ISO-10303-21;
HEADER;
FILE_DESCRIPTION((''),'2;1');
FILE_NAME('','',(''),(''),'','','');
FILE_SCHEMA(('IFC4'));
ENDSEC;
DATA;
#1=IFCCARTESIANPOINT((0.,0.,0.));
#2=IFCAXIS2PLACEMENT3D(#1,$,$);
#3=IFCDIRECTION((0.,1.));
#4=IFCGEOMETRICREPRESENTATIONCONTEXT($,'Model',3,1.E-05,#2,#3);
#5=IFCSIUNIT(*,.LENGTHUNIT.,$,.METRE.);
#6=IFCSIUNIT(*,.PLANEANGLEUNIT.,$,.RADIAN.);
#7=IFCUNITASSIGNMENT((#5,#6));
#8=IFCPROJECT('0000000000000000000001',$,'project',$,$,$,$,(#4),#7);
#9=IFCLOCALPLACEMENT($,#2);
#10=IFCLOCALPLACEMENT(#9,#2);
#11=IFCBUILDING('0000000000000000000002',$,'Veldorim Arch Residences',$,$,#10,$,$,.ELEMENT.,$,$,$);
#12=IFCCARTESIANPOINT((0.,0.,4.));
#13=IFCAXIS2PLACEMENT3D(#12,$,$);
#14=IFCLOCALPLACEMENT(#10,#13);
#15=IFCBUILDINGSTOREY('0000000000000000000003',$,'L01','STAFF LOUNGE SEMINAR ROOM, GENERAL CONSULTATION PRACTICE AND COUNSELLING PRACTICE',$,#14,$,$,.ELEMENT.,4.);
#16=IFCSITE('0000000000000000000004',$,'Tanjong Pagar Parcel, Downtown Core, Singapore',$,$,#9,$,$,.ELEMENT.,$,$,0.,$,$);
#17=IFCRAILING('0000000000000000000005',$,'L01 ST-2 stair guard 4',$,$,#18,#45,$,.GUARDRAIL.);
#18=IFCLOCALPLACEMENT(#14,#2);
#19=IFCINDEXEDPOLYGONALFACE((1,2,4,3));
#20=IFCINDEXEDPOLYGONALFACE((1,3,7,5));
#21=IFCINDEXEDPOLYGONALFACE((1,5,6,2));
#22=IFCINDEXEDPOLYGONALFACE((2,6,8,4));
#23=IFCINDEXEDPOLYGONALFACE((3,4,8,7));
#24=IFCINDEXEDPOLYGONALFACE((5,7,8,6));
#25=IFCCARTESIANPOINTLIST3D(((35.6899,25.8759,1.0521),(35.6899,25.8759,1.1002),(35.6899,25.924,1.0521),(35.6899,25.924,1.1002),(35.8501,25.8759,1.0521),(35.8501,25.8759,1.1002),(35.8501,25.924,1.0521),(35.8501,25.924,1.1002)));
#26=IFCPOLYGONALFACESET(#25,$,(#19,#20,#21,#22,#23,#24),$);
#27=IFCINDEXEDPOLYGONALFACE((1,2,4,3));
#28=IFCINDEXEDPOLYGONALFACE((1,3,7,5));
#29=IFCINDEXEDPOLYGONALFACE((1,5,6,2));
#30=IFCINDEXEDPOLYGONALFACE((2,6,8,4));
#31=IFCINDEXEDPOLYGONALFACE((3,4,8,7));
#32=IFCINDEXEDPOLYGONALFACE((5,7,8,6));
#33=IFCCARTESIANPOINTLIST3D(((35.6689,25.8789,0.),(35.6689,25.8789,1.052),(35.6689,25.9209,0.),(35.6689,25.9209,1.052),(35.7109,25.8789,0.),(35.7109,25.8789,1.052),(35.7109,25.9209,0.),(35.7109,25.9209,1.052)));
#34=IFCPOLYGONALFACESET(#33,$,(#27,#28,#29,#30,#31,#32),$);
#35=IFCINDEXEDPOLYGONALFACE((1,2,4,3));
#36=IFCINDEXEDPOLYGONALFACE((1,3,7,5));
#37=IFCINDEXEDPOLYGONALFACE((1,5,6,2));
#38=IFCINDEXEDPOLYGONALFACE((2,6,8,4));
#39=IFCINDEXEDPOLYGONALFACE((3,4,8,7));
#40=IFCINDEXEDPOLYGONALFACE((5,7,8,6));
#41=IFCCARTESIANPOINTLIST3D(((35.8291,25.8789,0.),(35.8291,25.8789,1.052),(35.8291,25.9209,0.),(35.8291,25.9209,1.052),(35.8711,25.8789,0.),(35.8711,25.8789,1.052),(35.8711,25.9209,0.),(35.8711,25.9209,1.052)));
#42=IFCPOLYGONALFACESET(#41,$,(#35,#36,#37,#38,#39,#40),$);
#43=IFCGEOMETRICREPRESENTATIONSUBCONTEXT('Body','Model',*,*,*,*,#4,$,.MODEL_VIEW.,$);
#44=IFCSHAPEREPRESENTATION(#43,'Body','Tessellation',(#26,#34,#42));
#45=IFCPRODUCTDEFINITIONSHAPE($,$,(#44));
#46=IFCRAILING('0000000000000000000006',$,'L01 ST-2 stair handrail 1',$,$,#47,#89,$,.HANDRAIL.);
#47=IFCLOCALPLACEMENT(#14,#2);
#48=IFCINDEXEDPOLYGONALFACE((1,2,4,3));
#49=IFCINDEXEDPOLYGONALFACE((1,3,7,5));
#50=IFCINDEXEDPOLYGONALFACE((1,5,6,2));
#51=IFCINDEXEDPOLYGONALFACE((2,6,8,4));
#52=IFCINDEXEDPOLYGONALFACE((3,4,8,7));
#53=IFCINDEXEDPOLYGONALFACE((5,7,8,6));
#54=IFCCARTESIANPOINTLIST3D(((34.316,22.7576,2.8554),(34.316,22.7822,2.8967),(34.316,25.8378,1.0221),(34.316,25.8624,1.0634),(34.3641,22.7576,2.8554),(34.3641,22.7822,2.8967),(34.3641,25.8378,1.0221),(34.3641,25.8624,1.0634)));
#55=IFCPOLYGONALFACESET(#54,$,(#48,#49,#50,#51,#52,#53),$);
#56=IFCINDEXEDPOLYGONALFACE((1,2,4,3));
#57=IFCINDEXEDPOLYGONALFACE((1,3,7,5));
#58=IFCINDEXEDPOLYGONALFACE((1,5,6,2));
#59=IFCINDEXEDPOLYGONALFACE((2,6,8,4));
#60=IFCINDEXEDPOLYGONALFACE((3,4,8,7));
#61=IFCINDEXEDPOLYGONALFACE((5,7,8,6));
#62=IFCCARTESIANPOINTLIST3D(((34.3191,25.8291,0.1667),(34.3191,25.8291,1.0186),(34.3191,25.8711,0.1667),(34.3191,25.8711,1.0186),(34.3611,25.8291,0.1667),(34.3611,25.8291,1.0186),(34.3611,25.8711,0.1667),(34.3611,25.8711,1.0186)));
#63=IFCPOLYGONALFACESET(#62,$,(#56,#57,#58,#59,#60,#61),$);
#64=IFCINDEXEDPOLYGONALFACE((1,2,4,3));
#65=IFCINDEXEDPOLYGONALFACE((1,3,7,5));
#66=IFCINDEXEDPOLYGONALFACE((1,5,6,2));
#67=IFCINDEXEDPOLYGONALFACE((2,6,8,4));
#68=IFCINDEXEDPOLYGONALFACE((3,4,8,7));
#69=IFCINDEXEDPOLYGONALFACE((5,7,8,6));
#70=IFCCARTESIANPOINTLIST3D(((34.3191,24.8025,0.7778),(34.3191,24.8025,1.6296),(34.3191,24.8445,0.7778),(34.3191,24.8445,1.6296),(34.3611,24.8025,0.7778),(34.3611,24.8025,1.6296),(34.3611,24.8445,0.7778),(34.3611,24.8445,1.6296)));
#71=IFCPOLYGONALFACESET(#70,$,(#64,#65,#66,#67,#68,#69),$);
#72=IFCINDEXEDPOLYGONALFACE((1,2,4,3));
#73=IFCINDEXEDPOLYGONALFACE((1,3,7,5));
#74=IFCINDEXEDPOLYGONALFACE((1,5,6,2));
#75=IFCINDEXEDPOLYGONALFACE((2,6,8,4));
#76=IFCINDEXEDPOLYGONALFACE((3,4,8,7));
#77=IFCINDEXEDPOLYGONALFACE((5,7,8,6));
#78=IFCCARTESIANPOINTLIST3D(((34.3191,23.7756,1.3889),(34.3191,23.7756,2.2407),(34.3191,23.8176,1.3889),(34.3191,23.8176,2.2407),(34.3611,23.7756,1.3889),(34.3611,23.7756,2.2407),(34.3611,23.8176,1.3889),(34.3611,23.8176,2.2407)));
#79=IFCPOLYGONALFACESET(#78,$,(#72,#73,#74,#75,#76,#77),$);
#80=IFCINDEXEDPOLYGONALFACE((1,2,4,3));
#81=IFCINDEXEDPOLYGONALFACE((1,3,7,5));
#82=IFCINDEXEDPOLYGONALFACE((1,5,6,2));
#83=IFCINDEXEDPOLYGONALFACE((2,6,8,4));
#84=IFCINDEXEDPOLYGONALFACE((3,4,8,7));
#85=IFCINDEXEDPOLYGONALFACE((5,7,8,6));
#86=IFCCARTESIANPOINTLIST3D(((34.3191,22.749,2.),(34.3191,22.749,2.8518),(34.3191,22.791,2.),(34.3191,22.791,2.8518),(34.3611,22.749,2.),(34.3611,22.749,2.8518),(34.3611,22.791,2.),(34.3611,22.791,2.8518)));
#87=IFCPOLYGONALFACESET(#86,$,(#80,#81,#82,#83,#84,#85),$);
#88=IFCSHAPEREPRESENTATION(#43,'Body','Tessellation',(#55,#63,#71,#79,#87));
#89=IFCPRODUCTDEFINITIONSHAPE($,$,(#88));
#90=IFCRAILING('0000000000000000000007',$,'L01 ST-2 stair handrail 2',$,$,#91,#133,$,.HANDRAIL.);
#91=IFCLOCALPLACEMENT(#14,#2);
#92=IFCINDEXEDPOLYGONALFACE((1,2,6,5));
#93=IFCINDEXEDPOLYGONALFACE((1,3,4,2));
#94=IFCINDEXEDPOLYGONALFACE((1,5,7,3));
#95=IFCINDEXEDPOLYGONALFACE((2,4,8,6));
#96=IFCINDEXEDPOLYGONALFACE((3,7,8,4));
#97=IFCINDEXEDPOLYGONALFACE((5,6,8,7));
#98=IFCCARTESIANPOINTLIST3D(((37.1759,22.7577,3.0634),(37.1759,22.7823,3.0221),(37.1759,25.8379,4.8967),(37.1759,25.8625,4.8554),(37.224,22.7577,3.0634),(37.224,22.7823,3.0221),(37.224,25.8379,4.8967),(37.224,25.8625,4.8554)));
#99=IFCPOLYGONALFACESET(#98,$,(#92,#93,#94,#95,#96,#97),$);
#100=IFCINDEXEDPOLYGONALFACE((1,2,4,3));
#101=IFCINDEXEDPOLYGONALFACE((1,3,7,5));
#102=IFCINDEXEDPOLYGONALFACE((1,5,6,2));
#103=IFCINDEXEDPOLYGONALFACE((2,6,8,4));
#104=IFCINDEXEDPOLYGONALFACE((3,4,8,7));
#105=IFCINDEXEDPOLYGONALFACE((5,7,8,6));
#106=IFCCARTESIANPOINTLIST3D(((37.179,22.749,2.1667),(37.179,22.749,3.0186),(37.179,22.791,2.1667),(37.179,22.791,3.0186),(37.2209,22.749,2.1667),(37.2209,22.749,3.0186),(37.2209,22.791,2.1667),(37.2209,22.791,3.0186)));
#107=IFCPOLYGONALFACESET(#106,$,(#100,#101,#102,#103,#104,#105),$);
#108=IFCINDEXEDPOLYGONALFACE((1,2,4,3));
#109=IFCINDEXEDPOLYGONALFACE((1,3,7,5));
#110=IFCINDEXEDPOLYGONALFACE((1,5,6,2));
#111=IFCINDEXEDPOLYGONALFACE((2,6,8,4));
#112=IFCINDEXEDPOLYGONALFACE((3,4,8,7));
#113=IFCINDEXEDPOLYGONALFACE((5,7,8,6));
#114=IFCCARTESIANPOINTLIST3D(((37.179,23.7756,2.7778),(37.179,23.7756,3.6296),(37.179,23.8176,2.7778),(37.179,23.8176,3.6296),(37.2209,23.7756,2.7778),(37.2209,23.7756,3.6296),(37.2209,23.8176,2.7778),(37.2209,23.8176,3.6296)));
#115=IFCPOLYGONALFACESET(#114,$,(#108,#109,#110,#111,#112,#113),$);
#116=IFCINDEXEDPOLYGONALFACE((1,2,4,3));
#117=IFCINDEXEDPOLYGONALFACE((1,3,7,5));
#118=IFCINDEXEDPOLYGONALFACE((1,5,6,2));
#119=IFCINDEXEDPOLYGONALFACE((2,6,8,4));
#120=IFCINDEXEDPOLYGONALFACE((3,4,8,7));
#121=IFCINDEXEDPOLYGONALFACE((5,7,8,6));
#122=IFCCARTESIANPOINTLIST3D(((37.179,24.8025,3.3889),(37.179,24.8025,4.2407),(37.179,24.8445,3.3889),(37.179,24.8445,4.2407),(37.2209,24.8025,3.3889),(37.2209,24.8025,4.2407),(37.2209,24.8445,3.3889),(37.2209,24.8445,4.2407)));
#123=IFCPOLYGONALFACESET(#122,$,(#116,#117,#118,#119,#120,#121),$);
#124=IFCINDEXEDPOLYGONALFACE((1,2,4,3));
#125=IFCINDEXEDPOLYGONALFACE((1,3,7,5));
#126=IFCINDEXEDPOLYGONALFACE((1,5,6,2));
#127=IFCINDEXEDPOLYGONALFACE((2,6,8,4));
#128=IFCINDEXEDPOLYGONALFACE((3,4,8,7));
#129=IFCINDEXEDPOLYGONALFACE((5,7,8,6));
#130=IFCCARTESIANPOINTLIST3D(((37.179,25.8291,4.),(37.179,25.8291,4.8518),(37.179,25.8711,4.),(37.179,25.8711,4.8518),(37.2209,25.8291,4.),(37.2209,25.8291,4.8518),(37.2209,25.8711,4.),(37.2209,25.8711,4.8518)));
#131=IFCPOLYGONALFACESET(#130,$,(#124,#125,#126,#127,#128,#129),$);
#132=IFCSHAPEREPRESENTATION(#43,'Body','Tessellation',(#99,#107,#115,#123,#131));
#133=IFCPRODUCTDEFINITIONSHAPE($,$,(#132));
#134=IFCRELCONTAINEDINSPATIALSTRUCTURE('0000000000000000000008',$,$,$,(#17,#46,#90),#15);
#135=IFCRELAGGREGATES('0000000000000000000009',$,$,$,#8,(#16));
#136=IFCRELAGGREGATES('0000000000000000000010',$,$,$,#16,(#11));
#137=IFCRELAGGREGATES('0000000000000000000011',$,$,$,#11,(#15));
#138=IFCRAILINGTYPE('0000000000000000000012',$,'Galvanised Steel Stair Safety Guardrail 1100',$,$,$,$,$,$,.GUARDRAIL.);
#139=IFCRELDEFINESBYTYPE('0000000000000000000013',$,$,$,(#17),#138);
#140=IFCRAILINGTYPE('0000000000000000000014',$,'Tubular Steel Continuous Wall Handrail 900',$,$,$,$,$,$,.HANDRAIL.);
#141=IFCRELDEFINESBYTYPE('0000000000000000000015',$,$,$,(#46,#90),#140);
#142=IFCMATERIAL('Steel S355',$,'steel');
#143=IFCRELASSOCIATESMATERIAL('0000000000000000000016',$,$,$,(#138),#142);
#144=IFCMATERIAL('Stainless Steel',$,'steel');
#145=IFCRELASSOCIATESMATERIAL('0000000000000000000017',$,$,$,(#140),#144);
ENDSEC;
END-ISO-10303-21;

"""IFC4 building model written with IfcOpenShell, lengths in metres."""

from ifc_helpers import new_model, si_unit, direction, frame, origin, origin_2d, place, context, subcontext, project, spatial, rectangle, extrude, material, type_object, element, save


model = new_model("IFC4")

# Units and contexts
model_context = context("Model", 3, precision=1e-05, world=origin(), true_north=direction((0.0, 1.0)))
body_context = subcontext(model_context, "Body", "Model", "MODEL_VIEW")
ifc_project = project(units=[si_unit("LENGTHUNIT", "METRE"), si_unit("PLANEANGLEUNIT", "RADIAN")], contexts=[model_context])

# Site, building, storey
site_placement = place(None, origin())
site = spatial("IfcSite", under=ifc_project, at=site_placement, Name="Tanjong Pagar Parcel, Downtown Core, Singapore", CompositionType="ELEMENT", RefElevation=0.0)
building_placement = place(site_placement, origin())
building = spatial("IfcBuilding", under=site, at=building_placement, Name="Veldorim Arch Residences", CompositionType="ELEMENT")
storey_placement = place(building_placement, frame((0.0, 0.0, 4.0)))
storey = spatial("IfcBuildingStorey", under=building, at=storey_placement, Name="L01", Description="STAFF LOUNGE SEMINAR ROOM, GENERAL CONSULTATION PRACTICE AND COUNSELLING PRACTICE", CompositionType="ELEMENT", Elevation=4.0)

# Railings
ifc_material_1 = material(Name="Steel S355", Category="steel")
railing_type_1 = type_object("IfcRailingType", Name="Galvanised Steel Stair Safety Guardrail 1100", PredefinedType="GUARDRAIL", material=ifc_material_1)
railing_1_placement = place(storey_placement, frame((35.6899, 25.8999, 0.0)))
element("IfcRailing", 1, at=railing_1_placement, inside=storey, type_object=railing_type_1, Name="L01 ST-2 stair guard 4", PredefinedType="GUARDRAIL", context=body_context, shape_type="SweptSolid", body=[
    extrude(rectangle(XDim=0.0481, YDim=0.0481, at=origin_2d()), frame((0.0, 0.0, 1.0762), z_axis=(1.0, 0.0, 0.0), x_axis=(0.0, 1.0, 0.0)), (0.0, 0.0, 1.0), 0.1602),
    extrude(rectangle(XDim=0.042, YDim=0.042, at=origin_2d()), origin(), (0.0, 0.0, 1.0), 1.052),
    extrude(rectangle(XDim=0.042, YDim=0.042, at=origin_2d()), frame((0.1602, 0.0, 0.0)), (0.0, 0.0, 1.0), 1.052),
])
ifc_material_2 = material(Name="Stainless Steel", Category="steel")
railing_type_2 = type_object("IfcRailingType", Name="Tubular Steel Continuous Wall Handrail 900", PredefinedType="HANDRAIL", material=ifc_material_2)
railing_2_placement = place(storey_placement, frame((34.3401, 25.8501, 0.1667)))
element("IfcRailing", 2, at=railing_2_placement, inside=storey, type_object=railing_type_2, Name="L01 ST-2 stair handrail 1", PredefinedType="HANDRAIL", context=body_context, shape_type="SweptSolid", body=[
    extrude(rectangle(XDim=0.0481, YDim=0.0481, at=origin_2d()), frame((0.0, 0.0, 0.876), z_axis=(0.0, -0.859309, 0.511458), x_axis=(1.0, 0.0, 0.0)), (0.0, 0.0, 1.0), 3.5845),
    extrude(rectangle(XDim=0.042, YDim=0.042, at=origin_2d()), origin(), (0.0, 0.0, 1.0), 0.8518),
    extrude(rectangle(XDim=0.042, YDim=0.042, at=origin_2d()), frame((0.0, -1.0266, 0.6111)), (0.0, 0.0, 1.0), 0.8518),
    extrude(rectangle(XDim=0.042, YDim=0.042, at=origin_2d()), frame((0.0, -2.0535, 1.2222)), (0.0, 0.0, 1.0), 0.8518),
    extrude(rectangle(XDim=0.042, YDim=0.042, at=origin_2d()), frame((0.0, -3.0801, 1.8333)), (0.0, 0.0, 1.0), 0.8518),
])
railing_3_placement = place(storey_placement, frame((37.2, 22.77, 2.1667)))
element("IfcRailing", 3, at=railing_3_placement, inside=storey, type_object=railing_type_2, Name="L01 ST-2 stair handrail 2", PredefinedType="HANDRAIL", context=body_context, shape_type="SweptSolid", body=[
    extrude(rectangle(XDim=0.0481, YDim=0.0481, at=origin_2d()), frame((0.0, 0.0, 0.876), z_axis=(0.0, 0.859309, 0.511458), x_axis=(-1.0, 0.0, 0.0)), (0.0, 0.0, 1.0), 3.5845),
    extrude(rectangle(XDim=0.042, YDim=0.042, at=origin_2d()), origin(), (0.0, 0.0, 1.0), 0.8518),
    extrude(rectangle(XDim=0.042, YDim=0.042, at=origin_2d()), frame((0.0, 1.0266, 0.6111)), (0.0, 0.0, 1.0), 0.8518),
    extrude(rectangle(XDim=0.042, YDim=0.042, at=origin_2d()), frame((0.0, 2.0535, 1.2222)), (0.0, 0.0, 1.0), 0.8518),
    extrude(rectangle(XDim=0.042, YDim=0.042, at=origin_2d()), frame((0.0, 3.0801, 1.8333)), (0.0, 0.0, 1.0), 0.8518),
])

save(model, "model.ifc")
